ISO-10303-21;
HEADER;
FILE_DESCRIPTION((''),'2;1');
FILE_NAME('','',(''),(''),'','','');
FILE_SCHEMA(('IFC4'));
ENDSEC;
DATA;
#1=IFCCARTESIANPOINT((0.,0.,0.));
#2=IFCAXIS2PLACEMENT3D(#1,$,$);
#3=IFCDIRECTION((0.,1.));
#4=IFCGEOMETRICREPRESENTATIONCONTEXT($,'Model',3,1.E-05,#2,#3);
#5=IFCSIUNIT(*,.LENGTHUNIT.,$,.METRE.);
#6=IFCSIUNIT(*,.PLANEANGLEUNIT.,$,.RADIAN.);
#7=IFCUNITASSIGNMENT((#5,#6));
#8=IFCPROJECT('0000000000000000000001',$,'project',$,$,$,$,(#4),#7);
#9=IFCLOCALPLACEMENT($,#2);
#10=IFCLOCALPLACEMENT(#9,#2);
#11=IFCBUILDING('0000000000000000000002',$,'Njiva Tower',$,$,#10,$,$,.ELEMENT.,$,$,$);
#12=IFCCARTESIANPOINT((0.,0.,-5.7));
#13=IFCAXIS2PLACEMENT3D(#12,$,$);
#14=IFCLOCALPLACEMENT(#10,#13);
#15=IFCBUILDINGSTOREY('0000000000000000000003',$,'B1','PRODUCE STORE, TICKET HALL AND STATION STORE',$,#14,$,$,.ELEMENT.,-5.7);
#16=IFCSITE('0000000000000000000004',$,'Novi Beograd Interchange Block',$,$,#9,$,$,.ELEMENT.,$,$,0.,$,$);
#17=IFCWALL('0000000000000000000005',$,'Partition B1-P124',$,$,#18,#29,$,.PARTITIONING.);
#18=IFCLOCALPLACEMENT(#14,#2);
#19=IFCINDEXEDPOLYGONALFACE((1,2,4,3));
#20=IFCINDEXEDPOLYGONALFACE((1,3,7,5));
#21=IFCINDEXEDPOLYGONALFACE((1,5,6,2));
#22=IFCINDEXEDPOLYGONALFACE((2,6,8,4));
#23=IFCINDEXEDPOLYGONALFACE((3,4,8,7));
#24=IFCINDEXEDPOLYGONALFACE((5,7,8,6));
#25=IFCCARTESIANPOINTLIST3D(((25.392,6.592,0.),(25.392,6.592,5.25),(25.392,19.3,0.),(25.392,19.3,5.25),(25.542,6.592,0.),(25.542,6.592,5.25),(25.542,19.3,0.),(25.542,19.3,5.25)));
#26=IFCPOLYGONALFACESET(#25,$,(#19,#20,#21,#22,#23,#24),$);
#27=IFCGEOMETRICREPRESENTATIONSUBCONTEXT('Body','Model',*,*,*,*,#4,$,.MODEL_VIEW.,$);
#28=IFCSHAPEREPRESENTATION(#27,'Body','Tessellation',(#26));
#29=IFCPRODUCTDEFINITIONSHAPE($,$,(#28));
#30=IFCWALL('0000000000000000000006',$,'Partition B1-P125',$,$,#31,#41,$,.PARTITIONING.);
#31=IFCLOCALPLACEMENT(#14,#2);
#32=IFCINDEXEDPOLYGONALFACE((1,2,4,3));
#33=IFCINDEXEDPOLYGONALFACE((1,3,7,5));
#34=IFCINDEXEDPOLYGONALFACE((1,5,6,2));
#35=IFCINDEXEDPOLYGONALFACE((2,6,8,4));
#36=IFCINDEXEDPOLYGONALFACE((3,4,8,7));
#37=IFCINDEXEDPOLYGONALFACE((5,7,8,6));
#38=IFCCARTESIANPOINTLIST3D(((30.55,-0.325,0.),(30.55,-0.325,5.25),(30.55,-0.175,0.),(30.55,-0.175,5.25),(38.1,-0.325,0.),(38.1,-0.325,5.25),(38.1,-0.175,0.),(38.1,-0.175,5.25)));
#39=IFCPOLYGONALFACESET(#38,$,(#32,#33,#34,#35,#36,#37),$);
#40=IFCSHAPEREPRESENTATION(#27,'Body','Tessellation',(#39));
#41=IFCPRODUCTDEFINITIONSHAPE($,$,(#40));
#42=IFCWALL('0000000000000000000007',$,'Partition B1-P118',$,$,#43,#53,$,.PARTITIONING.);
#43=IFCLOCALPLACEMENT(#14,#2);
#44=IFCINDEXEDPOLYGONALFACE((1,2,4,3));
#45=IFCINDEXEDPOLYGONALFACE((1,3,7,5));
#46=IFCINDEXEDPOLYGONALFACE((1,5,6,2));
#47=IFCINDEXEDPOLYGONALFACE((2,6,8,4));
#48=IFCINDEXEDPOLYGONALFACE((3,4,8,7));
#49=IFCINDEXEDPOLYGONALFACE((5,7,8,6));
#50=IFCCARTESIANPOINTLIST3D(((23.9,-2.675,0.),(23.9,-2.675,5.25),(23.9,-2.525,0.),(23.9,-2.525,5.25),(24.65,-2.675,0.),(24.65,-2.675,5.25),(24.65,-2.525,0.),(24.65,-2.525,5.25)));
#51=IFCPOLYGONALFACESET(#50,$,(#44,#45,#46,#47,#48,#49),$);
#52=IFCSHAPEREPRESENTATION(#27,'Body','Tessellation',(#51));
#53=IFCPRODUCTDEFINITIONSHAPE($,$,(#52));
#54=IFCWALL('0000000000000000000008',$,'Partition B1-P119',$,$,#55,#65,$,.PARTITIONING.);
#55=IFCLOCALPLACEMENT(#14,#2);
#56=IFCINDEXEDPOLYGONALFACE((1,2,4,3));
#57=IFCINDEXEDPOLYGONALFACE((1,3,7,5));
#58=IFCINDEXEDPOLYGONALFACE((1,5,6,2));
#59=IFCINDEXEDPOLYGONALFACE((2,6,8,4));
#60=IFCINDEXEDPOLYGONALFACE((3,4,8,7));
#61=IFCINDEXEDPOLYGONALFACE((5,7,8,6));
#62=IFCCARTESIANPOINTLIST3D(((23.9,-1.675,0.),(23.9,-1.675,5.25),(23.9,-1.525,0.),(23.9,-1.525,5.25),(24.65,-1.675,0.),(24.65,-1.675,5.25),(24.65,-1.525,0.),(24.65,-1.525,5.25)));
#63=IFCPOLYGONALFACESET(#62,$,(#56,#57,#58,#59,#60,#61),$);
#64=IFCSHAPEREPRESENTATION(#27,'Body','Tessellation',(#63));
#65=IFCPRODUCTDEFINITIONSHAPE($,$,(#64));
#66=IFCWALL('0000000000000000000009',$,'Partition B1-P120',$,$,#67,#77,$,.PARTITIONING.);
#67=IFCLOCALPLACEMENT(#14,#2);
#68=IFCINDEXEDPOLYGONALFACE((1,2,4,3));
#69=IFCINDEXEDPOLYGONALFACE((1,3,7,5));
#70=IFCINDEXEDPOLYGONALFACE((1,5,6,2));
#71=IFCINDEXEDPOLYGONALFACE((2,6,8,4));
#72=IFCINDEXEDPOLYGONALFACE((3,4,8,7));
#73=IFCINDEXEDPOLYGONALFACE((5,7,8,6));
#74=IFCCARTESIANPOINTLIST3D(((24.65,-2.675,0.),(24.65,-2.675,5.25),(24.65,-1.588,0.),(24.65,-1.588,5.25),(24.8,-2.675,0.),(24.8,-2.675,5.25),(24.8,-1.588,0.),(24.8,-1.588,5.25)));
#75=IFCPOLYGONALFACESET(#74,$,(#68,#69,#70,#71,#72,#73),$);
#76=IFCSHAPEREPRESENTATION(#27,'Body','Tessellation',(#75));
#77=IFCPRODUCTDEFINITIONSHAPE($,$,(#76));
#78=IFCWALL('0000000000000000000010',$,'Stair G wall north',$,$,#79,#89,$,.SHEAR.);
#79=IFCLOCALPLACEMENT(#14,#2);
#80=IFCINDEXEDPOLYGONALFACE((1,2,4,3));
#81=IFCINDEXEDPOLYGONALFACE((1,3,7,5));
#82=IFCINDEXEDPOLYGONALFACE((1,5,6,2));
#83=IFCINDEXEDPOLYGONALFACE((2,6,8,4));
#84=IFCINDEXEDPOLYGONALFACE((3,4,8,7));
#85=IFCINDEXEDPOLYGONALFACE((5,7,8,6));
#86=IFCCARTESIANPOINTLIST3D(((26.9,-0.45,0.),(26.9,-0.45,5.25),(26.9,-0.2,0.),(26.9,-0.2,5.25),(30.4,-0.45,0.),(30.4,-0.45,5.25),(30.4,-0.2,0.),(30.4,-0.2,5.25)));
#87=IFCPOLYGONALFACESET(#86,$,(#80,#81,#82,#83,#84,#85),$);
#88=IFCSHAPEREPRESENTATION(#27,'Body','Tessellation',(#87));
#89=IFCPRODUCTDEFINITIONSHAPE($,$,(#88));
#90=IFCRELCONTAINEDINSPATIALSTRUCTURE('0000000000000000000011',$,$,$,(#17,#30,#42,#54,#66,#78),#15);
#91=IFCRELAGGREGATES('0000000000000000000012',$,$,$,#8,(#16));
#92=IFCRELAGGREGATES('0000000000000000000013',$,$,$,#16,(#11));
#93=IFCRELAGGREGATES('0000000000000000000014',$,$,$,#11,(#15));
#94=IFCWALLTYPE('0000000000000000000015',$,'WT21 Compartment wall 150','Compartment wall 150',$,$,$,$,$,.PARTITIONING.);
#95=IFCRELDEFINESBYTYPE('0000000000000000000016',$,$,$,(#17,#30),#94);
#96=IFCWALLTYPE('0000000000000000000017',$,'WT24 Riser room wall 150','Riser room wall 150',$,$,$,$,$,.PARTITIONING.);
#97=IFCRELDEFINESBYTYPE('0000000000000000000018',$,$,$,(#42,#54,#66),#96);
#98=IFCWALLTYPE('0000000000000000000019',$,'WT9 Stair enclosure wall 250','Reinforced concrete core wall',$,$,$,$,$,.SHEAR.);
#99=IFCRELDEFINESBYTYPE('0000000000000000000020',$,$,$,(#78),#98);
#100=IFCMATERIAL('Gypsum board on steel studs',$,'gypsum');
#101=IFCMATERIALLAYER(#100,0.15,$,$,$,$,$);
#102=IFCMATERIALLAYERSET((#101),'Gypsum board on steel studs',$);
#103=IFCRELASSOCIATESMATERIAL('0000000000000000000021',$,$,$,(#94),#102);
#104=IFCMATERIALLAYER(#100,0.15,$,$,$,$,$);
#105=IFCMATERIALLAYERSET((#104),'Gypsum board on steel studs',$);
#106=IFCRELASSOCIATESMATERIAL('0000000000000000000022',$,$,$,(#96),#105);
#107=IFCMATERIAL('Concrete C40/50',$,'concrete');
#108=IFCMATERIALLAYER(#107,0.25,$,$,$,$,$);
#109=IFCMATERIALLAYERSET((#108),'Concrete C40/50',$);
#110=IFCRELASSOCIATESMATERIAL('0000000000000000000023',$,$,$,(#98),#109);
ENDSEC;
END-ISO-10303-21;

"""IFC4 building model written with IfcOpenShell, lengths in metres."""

from ifc_helpers import new_model, si_unit, direction, frame, frame_2d, origin, place, context, subcontext, project, spatial, rectangle, extrude, material, layer, layer_set, type_object, element, save


model = new_model("IFC4")

# Units and contexts
model_context = context("Model", 3, precision=1e-05, world=origin(), true_north=direction((0.0, 1.0)))
body_context = subcontext(model_context, "Body", "Model", "MODEL_VIEW")
ifc_project = project(units=[si_unit("LENGTHUNIT", "METRE"), si_unit("PLANEANGLEUNIT", "RADIAN")], contexts=[model_context])

# Site, building, storey
site_placement = place(None, origin())
site = spatial("IfcSite", under=ifc_project, at=site_placement, Name="Novi Beograd Interchange Block", CompositionType="ELEMENT", RefElevation=0.0)
building_placement = place(site_placement, origin())
building = spatial("IfcBuilding", under=site, at=building_placement, Name="Njiva Tower", CompositionType="ELEMENT")
storey_placement = place(building_placement, frame((0.0, 0.0, -5.7)))
storey = spatial("IfcBuildingStorey", under=building, at=storey_placement, Name="B1", Description="PRODUCE STORE, TICKET HALL AND STATION STORE", CompositionType="ELEMENT", Elevation=-5.7)

# Shared definitions
ifc_material_1 = material(Name="Gypsum board on steel studs", Category="gypsum")
ifc_layer_1 = layer(ifc_material_1, 0.15)
ifc_layer_set_1 = layer_set([ifc_layer_1], Name="Gypsum board on steel studs")
wall_type_1 = type_object("IfcWallType", Name="WT21 Compartment wall 150", Description="Compartment wall 150", PredefinedType="PARTITIONING", material=ifc_layer_set_1)

# Walls
wall_1_placement = place(storey_placement, frame((25.467, 6.592, 0.0), z_axis=(0.0, 0.0, 1.0), x_axis=(0.0, 1.0, 0.0)))
element("IfcWall", 1, at=wall_1_placement, inside=storey, type_object=wall_type_1, Name="Partition B1-P124", PredefinedType="PARTITIONING", context=body_context, shape_type="SweptSolid", body=[
    extrude(rectangle(XDim=12.708, YDim=0.15, at=frame_2d((6.354, 0.0))), origin(), (0.0, 0.0, 1.0), 5.25),
])
wall_2_placement = place(storey_placement, frame((30.55, -0.25, 0.0), z_axis=(0.0, 0.0, 1.0), x_axis=(1.0, 0.0, 0.0)))
element("IfcWall", 2, at=wall_2_placement, inside=storey, type_object=wall_type_1, Name="Partition B1-P125", PredefinedType="PARTITIONING", context=body_context, shape_type="SweptSolid", body=[
    extrude(rectangle(XDim=7.55, YDim=0.15, at=frame_2d((3.775, 0.0))), origin(), (0.0, 0.0, 1.0), 5.25),
])
ifc_layer_2 = layer(ifc_material_1, 0.15)
ifc_layer_set_2 = layer_set([ifc_layer_2], Name="Gypsum board on steel studs")
wall_type_2 = type_object("IfcWallType", Name="WT24 Riser room wall 150", Description="Riser room wall 150", PredefinedType="PARTITIONING", material=ifc_layer_set_2)
for number, where, z_axis, x_axis, name in (
    (3, (23.9, -2.6, 0.0), (0.0, 0.0, 1.0), (1.0, 0.0, 0.0), "Partition B1-P118"),
    (4, (23.9, -1.6, 0.0), (0.0, 0.0, 1.0), (1.0, 0.0, 0.0), "Partition B1-P119"),
):
    element("IfcWall", number, at=place(storey_placement, frame(where, z_axis=z_axis, x_axis=x_axis)), inside=storey, type_object=wall_type_2, Name=name, PredefinedType="PARTITIONING", context=body_context, shape_type="SweptSolid", body=[
        extrude(rectangle(XDim=0.75, YDim=0.15, at=frame_2d((0.375, 0.0))), origin(), (0.0, 0.0, 1.0), 5.25),
    ])
wall_3_placement = place(storey_placement, frame((24.725, -2.675, 0.0), z_axis=(0.0, 0.0, 1.0), x_axis=(0.0, 1.0, 0.0)))
element("IfcWall", 5, at=wall_3_placement, inside=storey, type_object=wall_type_2, Name="Partition B1-P120", PredefinedType="PARTITIONING", context=body_context, shape_type="SweptSolid", body=[
    extrude(rectangle(XDim=1.087, YDim=0.15, at=frame_2d((0.5435, 0.0))), origin(), (0.0, 0.0, 1.0), 5.25),
])
ifc_material_2 = material(Name="Concrete C40/50", Category="concrete")
ifc_layer_3 = layer(ifc_material_2, 0.25)
ifc_layer_set_3 = layer_set([ifc_layer_3], Name="Concrete C40/50")
wall_type_3 = type_object("IfcWallType", Name="WT9 Stair enclosure wall 250", Description="Reinforced concrete core wall", PredefinedType="SHEAR", material=ifc_layer_set_3)
wall_4_placement = place(storey_placement, frame((26.9, -0.325, 0.0), z_axis=(0.0, 0.0, 1.0), x_axis=(1.0, 0.0, 0.0)))
element("IfcWall", 6, at=wall_4_placement, inside=storey, type_object=wall_type_3, Name="Stair G wall north", PredefinedType="SHEAR", context=body_context, shape_type="SweptSolid", body=[
    extrude(rectangle(XDim=3.5, YDim=0.25, at=frame_2d((1.75, 0.0))), origin(), (0.0, 0.0, 1.0), 5.25),
])

save(model, "model.ifc")
